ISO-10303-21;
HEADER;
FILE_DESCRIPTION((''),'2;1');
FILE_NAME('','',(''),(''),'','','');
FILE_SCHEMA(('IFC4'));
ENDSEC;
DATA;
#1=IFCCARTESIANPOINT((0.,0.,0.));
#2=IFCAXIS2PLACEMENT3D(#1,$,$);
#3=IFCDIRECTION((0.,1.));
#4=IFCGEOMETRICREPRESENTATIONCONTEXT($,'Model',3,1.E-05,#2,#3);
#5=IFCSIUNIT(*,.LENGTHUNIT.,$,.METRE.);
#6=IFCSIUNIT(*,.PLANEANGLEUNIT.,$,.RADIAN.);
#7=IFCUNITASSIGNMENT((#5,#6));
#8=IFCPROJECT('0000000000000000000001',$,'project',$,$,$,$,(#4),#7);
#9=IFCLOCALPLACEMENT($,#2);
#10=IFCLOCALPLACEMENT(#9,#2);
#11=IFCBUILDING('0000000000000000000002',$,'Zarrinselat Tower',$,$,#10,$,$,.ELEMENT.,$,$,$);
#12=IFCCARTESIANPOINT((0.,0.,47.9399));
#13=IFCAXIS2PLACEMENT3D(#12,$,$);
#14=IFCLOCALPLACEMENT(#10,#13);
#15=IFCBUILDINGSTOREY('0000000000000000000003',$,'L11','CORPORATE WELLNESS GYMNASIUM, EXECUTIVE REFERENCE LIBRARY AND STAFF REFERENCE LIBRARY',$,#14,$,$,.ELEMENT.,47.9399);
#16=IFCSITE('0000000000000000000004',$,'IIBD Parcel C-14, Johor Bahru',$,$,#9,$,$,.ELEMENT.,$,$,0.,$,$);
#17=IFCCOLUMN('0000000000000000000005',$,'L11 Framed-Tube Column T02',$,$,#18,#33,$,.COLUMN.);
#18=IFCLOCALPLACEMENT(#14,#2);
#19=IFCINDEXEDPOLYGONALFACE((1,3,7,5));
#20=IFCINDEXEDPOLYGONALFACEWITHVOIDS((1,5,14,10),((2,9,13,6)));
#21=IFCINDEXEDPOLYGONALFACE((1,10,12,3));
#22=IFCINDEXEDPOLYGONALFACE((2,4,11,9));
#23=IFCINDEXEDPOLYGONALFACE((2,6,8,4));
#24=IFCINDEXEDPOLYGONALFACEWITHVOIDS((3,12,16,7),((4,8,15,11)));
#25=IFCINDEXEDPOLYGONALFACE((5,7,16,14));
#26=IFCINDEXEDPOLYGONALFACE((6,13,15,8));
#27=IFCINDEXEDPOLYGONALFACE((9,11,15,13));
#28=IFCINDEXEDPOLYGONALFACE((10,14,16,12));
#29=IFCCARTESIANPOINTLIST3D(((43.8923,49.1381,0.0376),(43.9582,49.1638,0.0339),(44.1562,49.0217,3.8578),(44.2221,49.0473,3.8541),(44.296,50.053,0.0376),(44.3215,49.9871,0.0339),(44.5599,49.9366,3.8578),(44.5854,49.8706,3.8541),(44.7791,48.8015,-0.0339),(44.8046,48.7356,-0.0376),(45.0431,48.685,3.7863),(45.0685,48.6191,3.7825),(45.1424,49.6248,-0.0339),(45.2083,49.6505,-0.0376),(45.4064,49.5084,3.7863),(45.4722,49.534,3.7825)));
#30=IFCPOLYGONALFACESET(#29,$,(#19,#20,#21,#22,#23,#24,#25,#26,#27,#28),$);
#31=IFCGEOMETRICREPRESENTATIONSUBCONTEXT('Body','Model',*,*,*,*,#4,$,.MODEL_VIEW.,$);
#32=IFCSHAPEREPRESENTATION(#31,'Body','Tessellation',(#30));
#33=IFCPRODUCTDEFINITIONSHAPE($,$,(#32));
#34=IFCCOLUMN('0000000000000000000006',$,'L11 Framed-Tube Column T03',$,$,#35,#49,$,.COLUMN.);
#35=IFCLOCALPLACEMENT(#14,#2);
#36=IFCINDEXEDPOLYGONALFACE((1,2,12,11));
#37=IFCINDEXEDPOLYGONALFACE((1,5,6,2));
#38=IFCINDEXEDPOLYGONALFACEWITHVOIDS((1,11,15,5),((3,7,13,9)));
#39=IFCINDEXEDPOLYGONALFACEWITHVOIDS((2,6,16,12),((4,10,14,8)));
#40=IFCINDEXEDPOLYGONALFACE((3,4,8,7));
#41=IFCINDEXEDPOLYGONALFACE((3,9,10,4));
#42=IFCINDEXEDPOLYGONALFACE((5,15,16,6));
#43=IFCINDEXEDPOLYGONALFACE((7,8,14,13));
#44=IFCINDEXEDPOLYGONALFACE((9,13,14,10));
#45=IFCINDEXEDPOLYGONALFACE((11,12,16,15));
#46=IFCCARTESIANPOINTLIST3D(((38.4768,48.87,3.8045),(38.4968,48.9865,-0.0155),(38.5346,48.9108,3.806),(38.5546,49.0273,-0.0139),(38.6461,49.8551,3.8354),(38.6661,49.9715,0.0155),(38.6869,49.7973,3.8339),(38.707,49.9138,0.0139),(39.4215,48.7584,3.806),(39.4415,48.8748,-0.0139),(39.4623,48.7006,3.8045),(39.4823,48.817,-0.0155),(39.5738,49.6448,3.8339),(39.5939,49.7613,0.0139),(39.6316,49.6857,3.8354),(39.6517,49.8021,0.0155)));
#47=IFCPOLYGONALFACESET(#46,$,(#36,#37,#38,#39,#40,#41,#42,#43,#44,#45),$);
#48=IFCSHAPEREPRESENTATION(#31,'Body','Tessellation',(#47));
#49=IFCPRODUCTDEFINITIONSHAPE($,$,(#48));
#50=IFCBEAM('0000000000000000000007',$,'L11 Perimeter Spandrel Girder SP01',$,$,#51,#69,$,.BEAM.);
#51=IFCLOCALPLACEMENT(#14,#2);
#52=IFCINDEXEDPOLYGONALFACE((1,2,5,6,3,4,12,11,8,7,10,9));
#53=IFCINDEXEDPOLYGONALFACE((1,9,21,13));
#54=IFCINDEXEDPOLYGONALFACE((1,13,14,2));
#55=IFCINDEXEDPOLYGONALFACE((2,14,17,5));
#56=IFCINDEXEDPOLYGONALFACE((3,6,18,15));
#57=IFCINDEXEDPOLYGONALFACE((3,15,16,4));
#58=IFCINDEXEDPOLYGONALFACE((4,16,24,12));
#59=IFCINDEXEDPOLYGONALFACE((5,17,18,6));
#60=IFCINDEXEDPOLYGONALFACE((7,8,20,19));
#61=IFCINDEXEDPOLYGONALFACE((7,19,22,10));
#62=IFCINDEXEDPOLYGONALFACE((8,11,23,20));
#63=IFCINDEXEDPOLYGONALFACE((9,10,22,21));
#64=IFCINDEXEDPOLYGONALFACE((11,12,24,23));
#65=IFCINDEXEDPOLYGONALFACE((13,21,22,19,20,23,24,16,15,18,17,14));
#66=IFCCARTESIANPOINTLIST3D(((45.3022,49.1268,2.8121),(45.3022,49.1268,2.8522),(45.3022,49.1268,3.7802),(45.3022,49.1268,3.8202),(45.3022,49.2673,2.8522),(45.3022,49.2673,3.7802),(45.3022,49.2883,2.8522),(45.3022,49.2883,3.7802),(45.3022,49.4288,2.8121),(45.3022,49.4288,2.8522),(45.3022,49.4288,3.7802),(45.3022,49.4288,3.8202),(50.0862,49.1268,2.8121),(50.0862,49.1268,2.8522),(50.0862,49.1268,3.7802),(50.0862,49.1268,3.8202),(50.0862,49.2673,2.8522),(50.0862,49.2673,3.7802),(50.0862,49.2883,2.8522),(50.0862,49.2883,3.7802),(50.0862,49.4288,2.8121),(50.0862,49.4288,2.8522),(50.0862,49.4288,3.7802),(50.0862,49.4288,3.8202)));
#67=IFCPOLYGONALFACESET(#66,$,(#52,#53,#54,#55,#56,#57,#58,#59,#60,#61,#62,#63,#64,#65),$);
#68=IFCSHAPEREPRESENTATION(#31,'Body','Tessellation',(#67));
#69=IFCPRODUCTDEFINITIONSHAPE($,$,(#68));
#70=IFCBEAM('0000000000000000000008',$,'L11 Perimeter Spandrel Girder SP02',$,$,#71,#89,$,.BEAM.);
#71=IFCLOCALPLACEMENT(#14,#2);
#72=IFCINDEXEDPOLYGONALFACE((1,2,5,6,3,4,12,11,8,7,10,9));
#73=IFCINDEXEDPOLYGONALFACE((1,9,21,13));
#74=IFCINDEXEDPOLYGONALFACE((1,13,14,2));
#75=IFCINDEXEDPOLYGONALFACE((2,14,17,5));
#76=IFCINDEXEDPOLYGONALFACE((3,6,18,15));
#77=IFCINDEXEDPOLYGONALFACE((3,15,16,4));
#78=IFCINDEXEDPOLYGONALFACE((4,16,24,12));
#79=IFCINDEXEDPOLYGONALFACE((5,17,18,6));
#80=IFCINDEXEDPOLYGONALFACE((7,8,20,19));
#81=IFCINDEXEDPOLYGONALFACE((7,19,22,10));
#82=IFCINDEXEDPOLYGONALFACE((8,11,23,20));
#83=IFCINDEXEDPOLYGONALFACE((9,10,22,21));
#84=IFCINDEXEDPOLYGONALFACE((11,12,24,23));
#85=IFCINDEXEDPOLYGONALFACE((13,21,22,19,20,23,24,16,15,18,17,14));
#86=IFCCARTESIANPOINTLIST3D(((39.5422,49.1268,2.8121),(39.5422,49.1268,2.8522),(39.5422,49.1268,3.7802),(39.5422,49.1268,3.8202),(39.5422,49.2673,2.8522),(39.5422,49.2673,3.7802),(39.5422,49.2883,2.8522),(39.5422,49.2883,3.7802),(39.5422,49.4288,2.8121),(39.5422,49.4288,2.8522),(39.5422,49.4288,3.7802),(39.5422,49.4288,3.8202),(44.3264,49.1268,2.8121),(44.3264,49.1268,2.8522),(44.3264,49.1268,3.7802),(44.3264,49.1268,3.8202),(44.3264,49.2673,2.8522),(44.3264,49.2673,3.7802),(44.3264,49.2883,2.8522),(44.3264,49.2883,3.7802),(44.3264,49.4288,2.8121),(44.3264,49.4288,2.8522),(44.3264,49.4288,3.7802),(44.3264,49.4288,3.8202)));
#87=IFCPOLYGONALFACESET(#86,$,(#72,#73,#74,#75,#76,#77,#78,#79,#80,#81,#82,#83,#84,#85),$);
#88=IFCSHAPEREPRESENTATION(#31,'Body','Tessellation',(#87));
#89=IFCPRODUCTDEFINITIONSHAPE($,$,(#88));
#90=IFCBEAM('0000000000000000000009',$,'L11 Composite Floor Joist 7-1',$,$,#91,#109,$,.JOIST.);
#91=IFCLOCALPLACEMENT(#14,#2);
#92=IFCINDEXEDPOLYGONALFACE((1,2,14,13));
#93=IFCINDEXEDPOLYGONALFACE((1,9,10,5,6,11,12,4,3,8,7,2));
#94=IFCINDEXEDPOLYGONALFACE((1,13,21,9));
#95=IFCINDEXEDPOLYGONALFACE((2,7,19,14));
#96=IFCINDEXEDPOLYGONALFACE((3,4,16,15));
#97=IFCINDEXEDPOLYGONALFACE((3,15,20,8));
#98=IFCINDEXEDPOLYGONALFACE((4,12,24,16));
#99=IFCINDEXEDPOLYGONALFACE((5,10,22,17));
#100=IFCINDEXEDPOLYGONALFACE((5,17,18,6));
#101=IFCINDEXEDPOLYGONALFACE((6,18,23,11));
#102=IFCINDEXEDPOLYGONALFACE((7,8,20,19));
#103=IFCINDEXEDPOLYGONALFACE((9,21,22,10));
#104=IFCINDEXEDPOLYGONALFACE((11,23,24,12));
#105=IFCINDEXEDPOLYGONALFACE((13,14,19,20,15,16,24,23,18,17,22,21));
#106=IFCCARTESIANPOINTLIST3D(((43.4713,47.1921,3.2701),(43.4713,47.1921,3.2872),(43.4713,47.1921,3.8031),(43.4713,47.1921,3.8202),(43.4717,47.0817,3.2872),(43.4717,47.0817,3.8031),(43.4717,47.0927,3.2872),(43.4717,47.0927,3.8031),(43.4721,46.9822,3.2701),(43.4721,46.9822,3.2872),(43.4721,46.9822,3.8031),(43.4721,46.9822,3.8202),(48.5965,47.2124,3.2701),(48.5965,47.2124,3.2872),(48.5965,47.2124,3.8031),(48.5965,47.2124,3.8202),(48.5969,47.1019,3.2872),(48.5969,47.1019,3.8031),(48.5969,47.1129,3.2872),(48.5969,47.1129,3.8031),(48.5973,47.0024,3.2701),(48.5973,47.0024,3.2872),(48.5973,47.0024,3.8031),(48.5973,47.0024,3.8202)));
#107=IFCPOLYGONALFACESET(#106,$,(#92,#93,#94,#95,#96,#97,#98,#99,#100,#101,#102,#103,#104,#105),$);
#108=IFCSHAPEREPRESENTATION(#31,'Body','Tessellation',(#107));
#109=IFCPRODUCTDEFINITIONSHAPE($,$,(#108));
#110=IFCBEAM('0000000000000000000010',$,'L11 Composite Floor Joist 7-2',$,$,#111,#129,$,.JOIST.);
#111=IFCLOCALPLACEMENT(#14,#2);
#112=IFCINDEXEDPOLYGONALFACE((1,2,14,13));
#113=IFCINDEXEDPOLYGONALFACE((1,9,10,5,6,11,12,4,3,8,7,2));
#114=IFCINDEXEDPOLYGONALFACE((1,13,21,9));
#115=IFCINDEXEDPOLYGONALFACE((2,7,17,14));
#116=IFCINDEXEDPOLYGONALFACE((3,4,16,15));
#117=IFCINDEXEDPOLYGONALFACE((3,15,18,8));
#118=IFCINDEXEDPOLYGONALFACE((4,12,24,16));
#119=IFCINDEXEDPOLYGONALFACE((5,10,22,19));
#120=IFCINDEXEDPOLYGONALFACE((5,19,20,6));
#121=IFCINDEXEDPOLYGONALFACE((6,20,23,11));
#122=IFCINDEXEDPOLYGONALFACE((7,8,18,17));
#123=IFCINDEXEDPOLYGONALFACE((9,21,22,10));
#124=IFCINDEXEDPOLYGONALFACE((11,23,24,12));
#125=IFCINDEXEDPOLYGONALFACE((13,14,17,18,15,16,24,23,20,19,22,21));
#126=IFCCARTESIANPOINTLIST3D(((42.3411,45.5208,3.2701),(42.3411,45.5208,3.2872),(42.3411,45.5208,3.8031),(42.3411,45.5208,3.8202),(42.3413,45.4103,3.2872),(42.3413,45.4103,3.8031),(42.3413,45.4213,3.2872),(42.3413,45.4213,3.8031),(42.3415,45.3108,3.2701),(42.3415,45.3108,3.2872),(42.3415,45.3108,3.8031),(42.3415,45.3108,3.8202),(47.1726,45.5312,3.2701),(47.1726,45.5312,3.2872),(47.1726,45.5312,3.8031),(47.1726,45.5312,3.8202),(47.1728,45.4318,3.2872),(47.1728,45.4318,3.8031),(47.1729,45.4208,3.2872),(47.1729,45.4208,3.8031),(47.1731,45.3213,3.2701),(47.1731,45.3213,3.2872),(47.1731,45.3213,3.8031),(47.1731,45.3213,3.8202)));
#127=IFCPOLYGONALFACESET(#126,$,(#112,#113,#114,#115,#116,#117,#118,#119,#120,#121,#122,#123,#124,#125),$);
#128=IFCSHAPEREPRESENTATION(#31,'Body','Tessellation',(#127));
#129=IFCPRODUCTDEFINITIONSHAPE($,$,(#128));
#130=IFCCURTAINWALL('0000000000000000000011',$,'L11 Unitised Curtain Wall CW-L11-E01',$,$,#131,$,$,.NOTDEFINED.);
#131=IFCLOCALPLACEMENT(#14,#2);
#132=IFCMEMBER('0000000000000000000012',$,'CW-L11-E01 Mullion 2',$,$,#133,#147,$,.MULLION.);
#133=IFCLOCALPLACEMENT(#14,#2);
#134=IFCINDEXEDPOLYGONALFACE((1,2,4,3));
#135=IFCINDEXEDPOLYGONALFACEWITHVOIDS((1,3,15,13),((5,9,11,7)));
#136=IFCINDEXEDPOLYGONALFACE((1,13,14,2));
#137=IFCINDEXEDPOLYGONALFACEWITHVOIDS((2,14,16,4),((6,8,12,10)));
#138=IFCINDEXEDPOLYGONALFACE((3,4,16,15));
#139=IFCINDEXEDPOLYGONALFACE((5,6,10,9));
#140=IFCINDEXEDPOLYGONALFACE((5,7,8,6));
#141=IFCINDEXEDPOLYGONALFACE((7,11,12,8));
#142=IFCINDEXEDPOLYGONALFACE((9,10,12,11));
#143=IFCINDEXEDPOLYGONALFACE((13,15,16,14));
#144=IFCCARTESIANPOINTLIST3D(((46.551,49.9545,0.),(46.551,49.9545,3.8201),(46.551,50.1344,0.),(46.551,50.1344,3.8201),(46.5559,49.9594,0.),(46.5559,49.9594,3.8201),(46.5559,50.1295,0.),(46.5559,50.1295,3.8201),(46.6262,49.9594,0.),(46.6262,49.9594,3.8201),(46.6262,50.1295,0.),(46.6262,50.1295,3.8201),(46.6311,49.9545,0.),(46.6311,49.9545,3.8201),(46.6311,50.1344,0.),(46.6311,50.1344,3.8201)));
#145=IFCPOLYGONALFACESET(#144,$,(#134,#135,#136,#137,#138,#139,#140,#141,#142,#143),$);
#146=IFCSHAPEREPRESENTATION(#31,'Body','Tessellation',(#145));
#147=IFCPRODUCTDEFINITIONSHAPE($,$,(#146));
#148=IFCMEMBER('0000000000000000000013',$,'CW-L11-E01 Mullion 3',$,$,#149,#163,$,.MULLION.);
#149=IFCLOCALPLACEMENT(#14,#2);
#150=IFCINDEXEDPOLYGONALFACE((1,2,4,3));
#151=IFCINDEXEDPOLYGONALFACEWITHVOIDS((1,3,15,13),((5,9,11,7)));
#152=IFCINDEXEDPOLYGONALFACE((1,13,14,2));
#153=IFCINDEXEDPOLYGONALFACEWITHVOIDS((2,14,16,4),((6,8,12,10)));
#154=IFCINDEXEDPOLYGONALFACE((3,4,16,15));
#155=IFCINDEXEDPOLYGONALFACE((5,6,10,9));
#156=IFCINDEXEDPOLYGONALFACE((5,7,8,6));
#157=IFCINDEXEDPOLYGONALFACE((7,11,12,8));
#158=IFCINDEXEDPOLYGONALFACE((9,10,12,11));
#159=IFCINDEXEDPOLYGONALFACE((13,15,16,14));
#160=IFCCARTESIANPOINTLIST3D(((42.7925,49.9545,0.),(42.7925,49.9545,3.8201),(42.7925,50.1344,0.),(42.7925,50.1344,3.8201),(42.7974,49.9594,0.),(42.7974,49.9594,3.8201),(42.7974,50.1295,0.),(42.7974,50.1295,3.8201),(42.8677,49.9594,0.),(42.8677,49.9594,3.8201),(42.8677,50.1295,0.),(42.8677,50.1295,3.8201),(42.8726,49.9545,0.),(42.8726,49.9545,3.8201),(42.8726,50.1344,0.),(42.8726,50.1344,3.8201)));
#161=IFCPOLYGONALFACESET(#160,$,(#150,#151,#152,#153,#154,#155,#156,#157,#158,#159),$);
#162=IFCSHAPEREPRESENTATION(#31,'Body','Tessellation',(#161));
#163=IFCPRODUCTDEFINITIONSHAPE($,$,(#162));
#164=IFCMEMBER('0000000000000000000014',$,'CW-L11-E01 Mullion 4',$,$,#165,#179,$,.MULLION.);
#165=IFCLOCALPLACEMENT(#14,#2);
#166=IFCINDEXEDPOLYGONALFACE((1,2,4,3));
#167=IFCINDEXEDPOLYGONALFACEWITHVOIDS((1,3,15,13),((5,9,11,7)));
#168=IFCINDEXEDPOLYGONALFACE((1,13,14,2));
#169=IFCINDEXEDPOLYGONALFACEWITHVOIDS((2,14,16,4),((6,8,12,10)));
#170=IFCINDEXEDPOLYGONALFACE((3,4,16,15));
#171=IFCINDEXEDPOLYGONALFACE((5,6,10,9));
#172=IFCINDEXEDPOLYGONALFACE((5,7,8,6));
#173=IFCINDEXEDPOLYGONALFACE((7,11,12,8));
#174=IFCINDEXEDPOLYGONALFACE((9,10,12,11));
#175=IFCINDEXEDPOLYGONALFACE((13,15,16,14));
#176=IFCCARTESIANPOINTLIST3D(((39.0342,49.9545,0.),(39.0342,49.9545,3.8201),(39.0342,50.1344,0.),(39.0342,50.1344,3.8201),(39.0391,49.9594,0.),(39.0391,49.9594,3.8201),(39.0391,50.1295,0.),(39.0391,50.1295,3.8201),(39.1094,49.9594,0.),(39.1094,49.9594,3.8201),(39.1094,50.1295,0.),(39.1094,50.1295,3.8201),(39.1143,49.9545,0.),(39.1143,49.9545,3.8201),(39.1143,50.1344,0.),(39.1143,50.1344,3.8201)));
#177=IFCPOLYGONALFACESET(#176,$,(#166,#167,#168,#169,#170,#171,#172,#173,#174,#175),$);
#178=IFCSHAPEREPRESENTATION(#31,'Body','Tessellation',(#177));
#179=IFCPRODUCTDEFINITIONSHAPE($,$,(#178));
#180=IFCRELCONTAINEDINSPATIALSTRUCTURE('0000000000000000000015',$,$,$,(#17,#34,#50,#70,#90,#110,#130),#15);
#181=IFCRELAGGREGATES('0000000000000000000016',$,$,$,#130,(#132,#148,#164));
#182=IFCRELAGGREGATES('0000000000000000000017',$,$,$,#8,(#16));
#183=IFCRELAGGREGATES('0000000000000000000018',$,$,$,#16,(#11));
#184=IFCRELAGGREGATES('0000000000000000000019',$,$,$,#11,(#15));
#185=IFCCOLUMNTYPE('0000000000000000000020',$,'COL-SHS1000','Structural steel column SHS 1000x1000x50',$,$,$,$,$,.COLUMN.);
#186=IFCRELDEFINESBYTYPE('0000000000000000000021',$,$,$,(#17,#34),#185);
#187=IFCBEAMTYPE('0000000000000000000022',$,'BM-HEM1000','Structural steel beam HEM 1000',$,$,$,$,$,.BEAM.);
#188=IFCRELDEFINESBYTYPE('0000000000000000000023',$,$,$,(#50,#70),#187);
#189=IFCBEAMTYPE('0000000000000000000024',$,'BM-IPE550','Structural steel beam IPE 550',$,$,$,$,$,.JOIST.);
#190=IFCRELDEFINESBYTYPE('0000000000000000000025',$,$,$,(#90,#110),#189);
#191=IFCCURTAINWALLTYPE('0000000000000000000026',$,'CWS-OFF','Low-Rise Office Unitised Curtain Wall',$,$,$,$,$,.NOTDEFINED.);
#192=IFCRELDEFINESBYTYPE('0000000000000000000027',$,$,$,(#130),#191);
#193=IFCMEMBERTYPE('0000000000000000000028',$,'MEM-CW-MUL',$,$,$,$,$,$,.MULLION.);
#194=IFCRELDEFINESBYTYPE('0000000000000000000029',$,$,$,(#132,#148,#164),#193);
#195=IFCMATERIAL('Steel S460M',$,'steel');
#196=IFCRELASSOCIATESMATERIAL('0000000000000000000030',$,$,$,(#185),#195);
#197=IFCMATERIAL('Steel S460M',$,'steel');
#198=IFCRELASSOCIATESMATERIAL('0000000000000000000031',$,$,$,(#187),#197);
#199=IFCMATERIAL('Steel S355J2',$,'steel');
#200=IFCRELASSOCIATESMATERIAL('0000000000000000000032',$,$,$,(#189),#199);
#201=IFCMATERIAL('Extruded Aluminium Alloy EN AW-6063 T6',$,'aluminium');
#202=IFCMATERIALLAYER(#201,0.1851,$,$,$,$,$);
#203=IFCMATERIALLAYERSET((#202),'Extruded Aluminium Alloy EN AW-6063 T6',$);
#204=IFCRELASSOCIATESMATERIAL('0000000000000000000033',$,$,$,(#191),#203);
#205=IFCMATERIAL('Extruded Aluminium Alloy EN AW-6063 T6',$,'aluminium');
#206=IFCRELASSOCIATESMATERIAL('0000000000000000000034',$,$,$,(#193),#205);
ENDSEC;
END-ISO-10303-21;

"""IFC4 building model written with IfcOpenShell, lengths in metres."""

from ifc_helpers import new_model, si_unit, direction, frame, origin, origin_2d, place, context, subcontext, project, spatial, hollow_rectangle, i_section, extrude, material, layer, layer_set, material_profile, profile_set, type_object, element, aggregate, save


model = new_model("IFC4")

# Units and contexts
model_context = context("Model", 3, precision=1e-05, world=origin(), true_north=direction((0.0, 1.0)))
body_context = subcontext(model_context, "Body", "Model", "MODEL_VIEW")
ifc_project = project(units=[si_unit("LENGTHUNIT", "METRE"), si_unit("PLANEANGLEUNIT", "RADIAN")], contexts=[model_context])

# Site, building, storey
site_placement = place(None, origin())
site = spatial("IfcSite", under=ifc_project, at=site_placement, Name="IIBD Parcel C-14, Johor Bahru", CompositionType="ELEMENT", RefElevation=0.0)
building_placement = place(site_placement, origin())
building = spatial("IfcBuilding", under=site, at=building_placement, Name="Zarrinselat Tower", CompositionType="ELEMENT")
storey_placement = place(building_placement, frame((0.0, 0.0, 47.9399)))
storey = spatial("IfcBuildingStorey", under=building, at=storey_placement, Name="L11", Description="CORPORATE WELLNESS GYMNASIUM, EXECUTIVE REFERENCE LIBRARY AND STAFF REFERENCE LIBRARY", CompositionType="ELEMENT", Elevation=47.9399)

# Columns
ifc_material_1 = material(Name="Steel S460M", Category="steel")
ifc_material_profile_1 = material_profile(ifc_material_1, hollow_rectangle(XDim=1.0, YDim=1.0, WallThickness=0.05, at=origin_2d()), Name="SHS 1000x1000x50")
ifc_profile_set_1 = profile_set([ifc_material_profile_1], Name="Steel S460M")
column_type = type_object("IfcColumnType", Name="COL-SHS1000", Description="Structural steel column SHS 1000x1000x50", PredefinedType="COLUMN", material=ifc_profile_set_1)
column_1_placement = place(storey_placement, frame((44.5503, 49.3943, 0.0), z_axis=(0.068891, -0.030399, 0.997161), x_axis=(0.403703, 0.91489, 0.0)))
element("IfcColumn", 1, at=column_1_placement, inside=storey, type_object=column_type, Name="L11 Framed-Tube Column T02", PredefinedType="COLUMN", context=body_context, shape_type="SweptSolid", body=[
    extrude(hollow_rectangle(XDim=1.0, YDim=1.0, WallThickness=0.05, at=origin_2d()), origin(), (0.0, 0.0, 1.0), 3.8311),
])
column_2_placement = place(storey_placement, frame((39.0742, 49.3943, 0.0), z_axis=(-0.005238, -0.030471, 0.999522), x_axis=(0.985544, -0.169423, 0.0)))
element("IfcColumn", 2, at=column_2_placement, inside=storey, type_object=column_type, Name="L11 Framed-Tube Column T03", PredefinedType="COLUMN", context=body_context, shape_type="SweptSolid", body=[
    extrude(hollow_rectangle(XDim=1.0, YDim=1.0, WallThickness=0.05, at=origin_2d()), origin(), (0.0, 0.0, 1.0), 3.8218),
])

# Beams
ifc_material_2 = material(Name="Steel S460M", Category="steel")
ifc_material_profile_2 = material_profile(ifc_material_2, i_section(OverallWidth=0.302, OverallDepth=1.0081, WebThickness=0.021, FlangeThickness=0.04, at=origin_2d()), Name="HEM 1000")
ifc_profile_set_2 = profile_set([ifc_material_profile_2], Name="Steel S460M")
beam_type_1 = type_object("IfcBeamType", Name="BM-HEM1000", Description="Structural steel beam HEM 1000", PredefinedType="BEAM", material=ifc_profile_set_2)
beam_1_placement = place(storey_placement, frame((45.3022, 49.2778, 3.3162), z_axis=(1.0, 0.0, 0.0), x_axis=(0.0, 1.0, 0.0)))
element("IfcBeam", 3, at=beam_1_placement, inside=storey, type_object=beam_type_1, Name="L11 Perimeter Spandrel Girder SP01", PredefinedType="BEAM", context=body_context, shape_type="SweptSolid", body=[
    extrude(i_section(OverallWidth=0.302, OverallDepth=1.0081, WebThickness=0.021, FlangeThickness=0.04, at=origin_2d()), origin(), (0.0, 0.0, 1.0), 4.7839),
])
beam_2_placement = place(storey_placement, frame((39.5422, 49.2778, 3.3162), z_axis=(1.0, 0.0, 0.0), x_axis=(0.0, 1.0, 0.0)))
element("IfcBeam", 4, at=beam_2_placement, inside=storey, type_object=beam_type_1, Name="L11 Perimeter Spandrel Girder SP02", PredefinedType="BEAM", context=body_context, shape_type="SweptSolid", body=[
    extrude(i_section(OverallWidth=0.302, OverallDepth=1.0081, WebThickness=0.021, FlangeThickness=0.04, at=origin_2d()), origin(), (0.0, 0.0, 1.0), 4.7842),
])
ifc_material_3 = material(Name="Steel S355J2", Category="steel")
ifc_material_profile_3 = material_profile(ifc_material_3, i_section(OverallWidth=0.21, OverallDepth=0.55, WebThickness=0.011, FlangeThickness=0.0171, at=origin_2d()), Name="IPE 550")
ifc_profile_set_3 = profile_set([ifc_material_profile_3], Name="Steel S355J2")
beam_type_2 = type_object("IfcBeamType", Name="BM-IPE550", Description="Structural steel beam IPE 550", PredefinedType="JOIST", material=ifc_profile_set_3)
beam_3_placement = place(storey_placement, frame((43.4717, 47.0872, 3.5452), z_axis=(0.999992, 0.003954, 0.0), x_axis=(-0.003954, 0.999992, 0.0)))
element("IfcBeam", 5, at=beam_3_placement, inside=storey, type_object=beam_type_2, Name="L11 Composite Floor Joist 7-1", PredefinedType="JOIST", context=body_context, shape_type="SweptSolid", body=[
    extrude(i_section(OverallWidth=0.21, OverallDepth=0.55, WebThickness=0.011, FlangeThickness=0.0171, at=origin_2d()), origin(), (0.0, 0.0, 1.0), 5.1252),
])
beam_4_placement = place(storey_placement, frame((42.3413, 45.4158, 3.5452), z_axis=(0.999998, 0.002173, 0.0), x_axis=(-0.002173, 0.999998, 0.0)))
element("IfcBeam", 6, at=beam_4_placement, inside=storey, type_object=beam_type_2, Name="L11 Composite Floor Joist 7-2", PredefinedType="JOIST", context=body_context, shape_type="SweptSolid", body=[
    extrude(i_section(OverallWidth=0.21, OverallDepth=0.55, WebThickness=0.011, FlangeThickness=0.0171, at=origin_2d()), origin(), (0.0, 0.0, 1.0), 4.8315),
])

# Curtain wall, members
ifc_material_4 = material(Name="Extruded Aluminium Alloy EN AW-6063 T6", Category="aluminium")
ifc_layer_1 = layer(ifc_material_4, 0.1851)
ifc_layer_set_1 = layer_set([ifc_layer_1], Name="Extruded Aluminium Alloy EN AW-6063 T6")
curtain_wall_type = type_object("IfcCurtainWallType", Name="CWS-OFF", Description="Low-Rise Office Unitised Curtain Wall", PredefinedType="NOTDEFINED", material=ifc_layer_set_1)
curtain_wall_placement = place(storey_placement, origin())
curtain_wall = element("IfcCurtainWall", 7, at=curtain_wall_placement, inside=storey, type_object=curtain_wall_type, Name="L11 Unitised Curtain Wall CW-L11-E01", PredefinedType="NOTDEFINED")
ifc_material_5 = material(Name="Extruded Aluminium Alloy EN AW-6063 T6", Category="aluminium")
ifc_material_profile_4 = material_profile(ifc_material_5, hollow_rectangle(XDim=0.0801, YDim=0.1799, WallThickness=0.0049, at=origin_2d()), Name="RHS 180x80x5")
ifc_profile_set_4 = profile_set([ifc_material_profile_4], Name="Extruded Aluminium Alloy EN AW-6063 T6")
member_type_1 = type_object("IfcMemberType", Name="MEM-CW-MUL", PredefinedType="MULLION", material=ifc_profile_set_4)
member_1_placement = place(storey_placement, frame((46.5911, 50.0444, 0.0), z_axis=(0.0, 0.0, 1.0), x_axis=(-1.0, 0.0, 0.0)))
member_1 = element("IfcMember", 8, at=member_1_placement, type_object=member_type_1, Name="CW-L11-E01 Mullion 2", PredefinedType="MULLION", context=body_context, shape_type="SweptSolid", body=[
    extrude(hollow_rectangle(XDim=0.0801, YDim=0.1799, WallThickness=0.0049, at=origin_2d()), origin(), (0.0, 0.0, 1.0), 3.8201),
])
member_2_placement = place(storey_placement, frame((42.8325, 50.0444, 0.0), z_axis=(0.0, 0.0, 1.0), x_axis=(-1.0, 0.0, 0.0)))
member_2 = element("IfcMember", 9, at=member_2_placement, type_object=member_type_1, Name="CW-L11-E01 Mullion 3", PredefinedType="MULLION", context=body_context, shape_type="SweptSolid", body=[
    extrude(hollow_rectangle(XDim=0.0801, YDim=0.1799, WallThickness=0.0049, at=origin_2d()), origin(), (0.0, 0.0, 1.0), 3.8201),
])
member_3_placement = place(storey_placement, frame((39.0742, 50.0444, 0.0), z_axis=(0.0, 0.0, 1.0), x_axis=(-1.0, 0.0, 0.0)))
member_3 = element("IfcMember", 10, at=member_3_placement, type_object=member_type_1, Name="CW-L11-E01 Mullion 4", PredefinedType="MULLION", context=body_context, shape_type="SweptSolid", body=[
    extrude(hollow_rectangle(XDim=0.0801, YDim=0.1799, WallThickness=0.0049, at=origin_2d()), origin(), (0.0, 0.0, 1.0), 3.8201),
])
aggregate(curtain_wall, [member_1, member_2, member_3])

save(model, "model.ifc")
